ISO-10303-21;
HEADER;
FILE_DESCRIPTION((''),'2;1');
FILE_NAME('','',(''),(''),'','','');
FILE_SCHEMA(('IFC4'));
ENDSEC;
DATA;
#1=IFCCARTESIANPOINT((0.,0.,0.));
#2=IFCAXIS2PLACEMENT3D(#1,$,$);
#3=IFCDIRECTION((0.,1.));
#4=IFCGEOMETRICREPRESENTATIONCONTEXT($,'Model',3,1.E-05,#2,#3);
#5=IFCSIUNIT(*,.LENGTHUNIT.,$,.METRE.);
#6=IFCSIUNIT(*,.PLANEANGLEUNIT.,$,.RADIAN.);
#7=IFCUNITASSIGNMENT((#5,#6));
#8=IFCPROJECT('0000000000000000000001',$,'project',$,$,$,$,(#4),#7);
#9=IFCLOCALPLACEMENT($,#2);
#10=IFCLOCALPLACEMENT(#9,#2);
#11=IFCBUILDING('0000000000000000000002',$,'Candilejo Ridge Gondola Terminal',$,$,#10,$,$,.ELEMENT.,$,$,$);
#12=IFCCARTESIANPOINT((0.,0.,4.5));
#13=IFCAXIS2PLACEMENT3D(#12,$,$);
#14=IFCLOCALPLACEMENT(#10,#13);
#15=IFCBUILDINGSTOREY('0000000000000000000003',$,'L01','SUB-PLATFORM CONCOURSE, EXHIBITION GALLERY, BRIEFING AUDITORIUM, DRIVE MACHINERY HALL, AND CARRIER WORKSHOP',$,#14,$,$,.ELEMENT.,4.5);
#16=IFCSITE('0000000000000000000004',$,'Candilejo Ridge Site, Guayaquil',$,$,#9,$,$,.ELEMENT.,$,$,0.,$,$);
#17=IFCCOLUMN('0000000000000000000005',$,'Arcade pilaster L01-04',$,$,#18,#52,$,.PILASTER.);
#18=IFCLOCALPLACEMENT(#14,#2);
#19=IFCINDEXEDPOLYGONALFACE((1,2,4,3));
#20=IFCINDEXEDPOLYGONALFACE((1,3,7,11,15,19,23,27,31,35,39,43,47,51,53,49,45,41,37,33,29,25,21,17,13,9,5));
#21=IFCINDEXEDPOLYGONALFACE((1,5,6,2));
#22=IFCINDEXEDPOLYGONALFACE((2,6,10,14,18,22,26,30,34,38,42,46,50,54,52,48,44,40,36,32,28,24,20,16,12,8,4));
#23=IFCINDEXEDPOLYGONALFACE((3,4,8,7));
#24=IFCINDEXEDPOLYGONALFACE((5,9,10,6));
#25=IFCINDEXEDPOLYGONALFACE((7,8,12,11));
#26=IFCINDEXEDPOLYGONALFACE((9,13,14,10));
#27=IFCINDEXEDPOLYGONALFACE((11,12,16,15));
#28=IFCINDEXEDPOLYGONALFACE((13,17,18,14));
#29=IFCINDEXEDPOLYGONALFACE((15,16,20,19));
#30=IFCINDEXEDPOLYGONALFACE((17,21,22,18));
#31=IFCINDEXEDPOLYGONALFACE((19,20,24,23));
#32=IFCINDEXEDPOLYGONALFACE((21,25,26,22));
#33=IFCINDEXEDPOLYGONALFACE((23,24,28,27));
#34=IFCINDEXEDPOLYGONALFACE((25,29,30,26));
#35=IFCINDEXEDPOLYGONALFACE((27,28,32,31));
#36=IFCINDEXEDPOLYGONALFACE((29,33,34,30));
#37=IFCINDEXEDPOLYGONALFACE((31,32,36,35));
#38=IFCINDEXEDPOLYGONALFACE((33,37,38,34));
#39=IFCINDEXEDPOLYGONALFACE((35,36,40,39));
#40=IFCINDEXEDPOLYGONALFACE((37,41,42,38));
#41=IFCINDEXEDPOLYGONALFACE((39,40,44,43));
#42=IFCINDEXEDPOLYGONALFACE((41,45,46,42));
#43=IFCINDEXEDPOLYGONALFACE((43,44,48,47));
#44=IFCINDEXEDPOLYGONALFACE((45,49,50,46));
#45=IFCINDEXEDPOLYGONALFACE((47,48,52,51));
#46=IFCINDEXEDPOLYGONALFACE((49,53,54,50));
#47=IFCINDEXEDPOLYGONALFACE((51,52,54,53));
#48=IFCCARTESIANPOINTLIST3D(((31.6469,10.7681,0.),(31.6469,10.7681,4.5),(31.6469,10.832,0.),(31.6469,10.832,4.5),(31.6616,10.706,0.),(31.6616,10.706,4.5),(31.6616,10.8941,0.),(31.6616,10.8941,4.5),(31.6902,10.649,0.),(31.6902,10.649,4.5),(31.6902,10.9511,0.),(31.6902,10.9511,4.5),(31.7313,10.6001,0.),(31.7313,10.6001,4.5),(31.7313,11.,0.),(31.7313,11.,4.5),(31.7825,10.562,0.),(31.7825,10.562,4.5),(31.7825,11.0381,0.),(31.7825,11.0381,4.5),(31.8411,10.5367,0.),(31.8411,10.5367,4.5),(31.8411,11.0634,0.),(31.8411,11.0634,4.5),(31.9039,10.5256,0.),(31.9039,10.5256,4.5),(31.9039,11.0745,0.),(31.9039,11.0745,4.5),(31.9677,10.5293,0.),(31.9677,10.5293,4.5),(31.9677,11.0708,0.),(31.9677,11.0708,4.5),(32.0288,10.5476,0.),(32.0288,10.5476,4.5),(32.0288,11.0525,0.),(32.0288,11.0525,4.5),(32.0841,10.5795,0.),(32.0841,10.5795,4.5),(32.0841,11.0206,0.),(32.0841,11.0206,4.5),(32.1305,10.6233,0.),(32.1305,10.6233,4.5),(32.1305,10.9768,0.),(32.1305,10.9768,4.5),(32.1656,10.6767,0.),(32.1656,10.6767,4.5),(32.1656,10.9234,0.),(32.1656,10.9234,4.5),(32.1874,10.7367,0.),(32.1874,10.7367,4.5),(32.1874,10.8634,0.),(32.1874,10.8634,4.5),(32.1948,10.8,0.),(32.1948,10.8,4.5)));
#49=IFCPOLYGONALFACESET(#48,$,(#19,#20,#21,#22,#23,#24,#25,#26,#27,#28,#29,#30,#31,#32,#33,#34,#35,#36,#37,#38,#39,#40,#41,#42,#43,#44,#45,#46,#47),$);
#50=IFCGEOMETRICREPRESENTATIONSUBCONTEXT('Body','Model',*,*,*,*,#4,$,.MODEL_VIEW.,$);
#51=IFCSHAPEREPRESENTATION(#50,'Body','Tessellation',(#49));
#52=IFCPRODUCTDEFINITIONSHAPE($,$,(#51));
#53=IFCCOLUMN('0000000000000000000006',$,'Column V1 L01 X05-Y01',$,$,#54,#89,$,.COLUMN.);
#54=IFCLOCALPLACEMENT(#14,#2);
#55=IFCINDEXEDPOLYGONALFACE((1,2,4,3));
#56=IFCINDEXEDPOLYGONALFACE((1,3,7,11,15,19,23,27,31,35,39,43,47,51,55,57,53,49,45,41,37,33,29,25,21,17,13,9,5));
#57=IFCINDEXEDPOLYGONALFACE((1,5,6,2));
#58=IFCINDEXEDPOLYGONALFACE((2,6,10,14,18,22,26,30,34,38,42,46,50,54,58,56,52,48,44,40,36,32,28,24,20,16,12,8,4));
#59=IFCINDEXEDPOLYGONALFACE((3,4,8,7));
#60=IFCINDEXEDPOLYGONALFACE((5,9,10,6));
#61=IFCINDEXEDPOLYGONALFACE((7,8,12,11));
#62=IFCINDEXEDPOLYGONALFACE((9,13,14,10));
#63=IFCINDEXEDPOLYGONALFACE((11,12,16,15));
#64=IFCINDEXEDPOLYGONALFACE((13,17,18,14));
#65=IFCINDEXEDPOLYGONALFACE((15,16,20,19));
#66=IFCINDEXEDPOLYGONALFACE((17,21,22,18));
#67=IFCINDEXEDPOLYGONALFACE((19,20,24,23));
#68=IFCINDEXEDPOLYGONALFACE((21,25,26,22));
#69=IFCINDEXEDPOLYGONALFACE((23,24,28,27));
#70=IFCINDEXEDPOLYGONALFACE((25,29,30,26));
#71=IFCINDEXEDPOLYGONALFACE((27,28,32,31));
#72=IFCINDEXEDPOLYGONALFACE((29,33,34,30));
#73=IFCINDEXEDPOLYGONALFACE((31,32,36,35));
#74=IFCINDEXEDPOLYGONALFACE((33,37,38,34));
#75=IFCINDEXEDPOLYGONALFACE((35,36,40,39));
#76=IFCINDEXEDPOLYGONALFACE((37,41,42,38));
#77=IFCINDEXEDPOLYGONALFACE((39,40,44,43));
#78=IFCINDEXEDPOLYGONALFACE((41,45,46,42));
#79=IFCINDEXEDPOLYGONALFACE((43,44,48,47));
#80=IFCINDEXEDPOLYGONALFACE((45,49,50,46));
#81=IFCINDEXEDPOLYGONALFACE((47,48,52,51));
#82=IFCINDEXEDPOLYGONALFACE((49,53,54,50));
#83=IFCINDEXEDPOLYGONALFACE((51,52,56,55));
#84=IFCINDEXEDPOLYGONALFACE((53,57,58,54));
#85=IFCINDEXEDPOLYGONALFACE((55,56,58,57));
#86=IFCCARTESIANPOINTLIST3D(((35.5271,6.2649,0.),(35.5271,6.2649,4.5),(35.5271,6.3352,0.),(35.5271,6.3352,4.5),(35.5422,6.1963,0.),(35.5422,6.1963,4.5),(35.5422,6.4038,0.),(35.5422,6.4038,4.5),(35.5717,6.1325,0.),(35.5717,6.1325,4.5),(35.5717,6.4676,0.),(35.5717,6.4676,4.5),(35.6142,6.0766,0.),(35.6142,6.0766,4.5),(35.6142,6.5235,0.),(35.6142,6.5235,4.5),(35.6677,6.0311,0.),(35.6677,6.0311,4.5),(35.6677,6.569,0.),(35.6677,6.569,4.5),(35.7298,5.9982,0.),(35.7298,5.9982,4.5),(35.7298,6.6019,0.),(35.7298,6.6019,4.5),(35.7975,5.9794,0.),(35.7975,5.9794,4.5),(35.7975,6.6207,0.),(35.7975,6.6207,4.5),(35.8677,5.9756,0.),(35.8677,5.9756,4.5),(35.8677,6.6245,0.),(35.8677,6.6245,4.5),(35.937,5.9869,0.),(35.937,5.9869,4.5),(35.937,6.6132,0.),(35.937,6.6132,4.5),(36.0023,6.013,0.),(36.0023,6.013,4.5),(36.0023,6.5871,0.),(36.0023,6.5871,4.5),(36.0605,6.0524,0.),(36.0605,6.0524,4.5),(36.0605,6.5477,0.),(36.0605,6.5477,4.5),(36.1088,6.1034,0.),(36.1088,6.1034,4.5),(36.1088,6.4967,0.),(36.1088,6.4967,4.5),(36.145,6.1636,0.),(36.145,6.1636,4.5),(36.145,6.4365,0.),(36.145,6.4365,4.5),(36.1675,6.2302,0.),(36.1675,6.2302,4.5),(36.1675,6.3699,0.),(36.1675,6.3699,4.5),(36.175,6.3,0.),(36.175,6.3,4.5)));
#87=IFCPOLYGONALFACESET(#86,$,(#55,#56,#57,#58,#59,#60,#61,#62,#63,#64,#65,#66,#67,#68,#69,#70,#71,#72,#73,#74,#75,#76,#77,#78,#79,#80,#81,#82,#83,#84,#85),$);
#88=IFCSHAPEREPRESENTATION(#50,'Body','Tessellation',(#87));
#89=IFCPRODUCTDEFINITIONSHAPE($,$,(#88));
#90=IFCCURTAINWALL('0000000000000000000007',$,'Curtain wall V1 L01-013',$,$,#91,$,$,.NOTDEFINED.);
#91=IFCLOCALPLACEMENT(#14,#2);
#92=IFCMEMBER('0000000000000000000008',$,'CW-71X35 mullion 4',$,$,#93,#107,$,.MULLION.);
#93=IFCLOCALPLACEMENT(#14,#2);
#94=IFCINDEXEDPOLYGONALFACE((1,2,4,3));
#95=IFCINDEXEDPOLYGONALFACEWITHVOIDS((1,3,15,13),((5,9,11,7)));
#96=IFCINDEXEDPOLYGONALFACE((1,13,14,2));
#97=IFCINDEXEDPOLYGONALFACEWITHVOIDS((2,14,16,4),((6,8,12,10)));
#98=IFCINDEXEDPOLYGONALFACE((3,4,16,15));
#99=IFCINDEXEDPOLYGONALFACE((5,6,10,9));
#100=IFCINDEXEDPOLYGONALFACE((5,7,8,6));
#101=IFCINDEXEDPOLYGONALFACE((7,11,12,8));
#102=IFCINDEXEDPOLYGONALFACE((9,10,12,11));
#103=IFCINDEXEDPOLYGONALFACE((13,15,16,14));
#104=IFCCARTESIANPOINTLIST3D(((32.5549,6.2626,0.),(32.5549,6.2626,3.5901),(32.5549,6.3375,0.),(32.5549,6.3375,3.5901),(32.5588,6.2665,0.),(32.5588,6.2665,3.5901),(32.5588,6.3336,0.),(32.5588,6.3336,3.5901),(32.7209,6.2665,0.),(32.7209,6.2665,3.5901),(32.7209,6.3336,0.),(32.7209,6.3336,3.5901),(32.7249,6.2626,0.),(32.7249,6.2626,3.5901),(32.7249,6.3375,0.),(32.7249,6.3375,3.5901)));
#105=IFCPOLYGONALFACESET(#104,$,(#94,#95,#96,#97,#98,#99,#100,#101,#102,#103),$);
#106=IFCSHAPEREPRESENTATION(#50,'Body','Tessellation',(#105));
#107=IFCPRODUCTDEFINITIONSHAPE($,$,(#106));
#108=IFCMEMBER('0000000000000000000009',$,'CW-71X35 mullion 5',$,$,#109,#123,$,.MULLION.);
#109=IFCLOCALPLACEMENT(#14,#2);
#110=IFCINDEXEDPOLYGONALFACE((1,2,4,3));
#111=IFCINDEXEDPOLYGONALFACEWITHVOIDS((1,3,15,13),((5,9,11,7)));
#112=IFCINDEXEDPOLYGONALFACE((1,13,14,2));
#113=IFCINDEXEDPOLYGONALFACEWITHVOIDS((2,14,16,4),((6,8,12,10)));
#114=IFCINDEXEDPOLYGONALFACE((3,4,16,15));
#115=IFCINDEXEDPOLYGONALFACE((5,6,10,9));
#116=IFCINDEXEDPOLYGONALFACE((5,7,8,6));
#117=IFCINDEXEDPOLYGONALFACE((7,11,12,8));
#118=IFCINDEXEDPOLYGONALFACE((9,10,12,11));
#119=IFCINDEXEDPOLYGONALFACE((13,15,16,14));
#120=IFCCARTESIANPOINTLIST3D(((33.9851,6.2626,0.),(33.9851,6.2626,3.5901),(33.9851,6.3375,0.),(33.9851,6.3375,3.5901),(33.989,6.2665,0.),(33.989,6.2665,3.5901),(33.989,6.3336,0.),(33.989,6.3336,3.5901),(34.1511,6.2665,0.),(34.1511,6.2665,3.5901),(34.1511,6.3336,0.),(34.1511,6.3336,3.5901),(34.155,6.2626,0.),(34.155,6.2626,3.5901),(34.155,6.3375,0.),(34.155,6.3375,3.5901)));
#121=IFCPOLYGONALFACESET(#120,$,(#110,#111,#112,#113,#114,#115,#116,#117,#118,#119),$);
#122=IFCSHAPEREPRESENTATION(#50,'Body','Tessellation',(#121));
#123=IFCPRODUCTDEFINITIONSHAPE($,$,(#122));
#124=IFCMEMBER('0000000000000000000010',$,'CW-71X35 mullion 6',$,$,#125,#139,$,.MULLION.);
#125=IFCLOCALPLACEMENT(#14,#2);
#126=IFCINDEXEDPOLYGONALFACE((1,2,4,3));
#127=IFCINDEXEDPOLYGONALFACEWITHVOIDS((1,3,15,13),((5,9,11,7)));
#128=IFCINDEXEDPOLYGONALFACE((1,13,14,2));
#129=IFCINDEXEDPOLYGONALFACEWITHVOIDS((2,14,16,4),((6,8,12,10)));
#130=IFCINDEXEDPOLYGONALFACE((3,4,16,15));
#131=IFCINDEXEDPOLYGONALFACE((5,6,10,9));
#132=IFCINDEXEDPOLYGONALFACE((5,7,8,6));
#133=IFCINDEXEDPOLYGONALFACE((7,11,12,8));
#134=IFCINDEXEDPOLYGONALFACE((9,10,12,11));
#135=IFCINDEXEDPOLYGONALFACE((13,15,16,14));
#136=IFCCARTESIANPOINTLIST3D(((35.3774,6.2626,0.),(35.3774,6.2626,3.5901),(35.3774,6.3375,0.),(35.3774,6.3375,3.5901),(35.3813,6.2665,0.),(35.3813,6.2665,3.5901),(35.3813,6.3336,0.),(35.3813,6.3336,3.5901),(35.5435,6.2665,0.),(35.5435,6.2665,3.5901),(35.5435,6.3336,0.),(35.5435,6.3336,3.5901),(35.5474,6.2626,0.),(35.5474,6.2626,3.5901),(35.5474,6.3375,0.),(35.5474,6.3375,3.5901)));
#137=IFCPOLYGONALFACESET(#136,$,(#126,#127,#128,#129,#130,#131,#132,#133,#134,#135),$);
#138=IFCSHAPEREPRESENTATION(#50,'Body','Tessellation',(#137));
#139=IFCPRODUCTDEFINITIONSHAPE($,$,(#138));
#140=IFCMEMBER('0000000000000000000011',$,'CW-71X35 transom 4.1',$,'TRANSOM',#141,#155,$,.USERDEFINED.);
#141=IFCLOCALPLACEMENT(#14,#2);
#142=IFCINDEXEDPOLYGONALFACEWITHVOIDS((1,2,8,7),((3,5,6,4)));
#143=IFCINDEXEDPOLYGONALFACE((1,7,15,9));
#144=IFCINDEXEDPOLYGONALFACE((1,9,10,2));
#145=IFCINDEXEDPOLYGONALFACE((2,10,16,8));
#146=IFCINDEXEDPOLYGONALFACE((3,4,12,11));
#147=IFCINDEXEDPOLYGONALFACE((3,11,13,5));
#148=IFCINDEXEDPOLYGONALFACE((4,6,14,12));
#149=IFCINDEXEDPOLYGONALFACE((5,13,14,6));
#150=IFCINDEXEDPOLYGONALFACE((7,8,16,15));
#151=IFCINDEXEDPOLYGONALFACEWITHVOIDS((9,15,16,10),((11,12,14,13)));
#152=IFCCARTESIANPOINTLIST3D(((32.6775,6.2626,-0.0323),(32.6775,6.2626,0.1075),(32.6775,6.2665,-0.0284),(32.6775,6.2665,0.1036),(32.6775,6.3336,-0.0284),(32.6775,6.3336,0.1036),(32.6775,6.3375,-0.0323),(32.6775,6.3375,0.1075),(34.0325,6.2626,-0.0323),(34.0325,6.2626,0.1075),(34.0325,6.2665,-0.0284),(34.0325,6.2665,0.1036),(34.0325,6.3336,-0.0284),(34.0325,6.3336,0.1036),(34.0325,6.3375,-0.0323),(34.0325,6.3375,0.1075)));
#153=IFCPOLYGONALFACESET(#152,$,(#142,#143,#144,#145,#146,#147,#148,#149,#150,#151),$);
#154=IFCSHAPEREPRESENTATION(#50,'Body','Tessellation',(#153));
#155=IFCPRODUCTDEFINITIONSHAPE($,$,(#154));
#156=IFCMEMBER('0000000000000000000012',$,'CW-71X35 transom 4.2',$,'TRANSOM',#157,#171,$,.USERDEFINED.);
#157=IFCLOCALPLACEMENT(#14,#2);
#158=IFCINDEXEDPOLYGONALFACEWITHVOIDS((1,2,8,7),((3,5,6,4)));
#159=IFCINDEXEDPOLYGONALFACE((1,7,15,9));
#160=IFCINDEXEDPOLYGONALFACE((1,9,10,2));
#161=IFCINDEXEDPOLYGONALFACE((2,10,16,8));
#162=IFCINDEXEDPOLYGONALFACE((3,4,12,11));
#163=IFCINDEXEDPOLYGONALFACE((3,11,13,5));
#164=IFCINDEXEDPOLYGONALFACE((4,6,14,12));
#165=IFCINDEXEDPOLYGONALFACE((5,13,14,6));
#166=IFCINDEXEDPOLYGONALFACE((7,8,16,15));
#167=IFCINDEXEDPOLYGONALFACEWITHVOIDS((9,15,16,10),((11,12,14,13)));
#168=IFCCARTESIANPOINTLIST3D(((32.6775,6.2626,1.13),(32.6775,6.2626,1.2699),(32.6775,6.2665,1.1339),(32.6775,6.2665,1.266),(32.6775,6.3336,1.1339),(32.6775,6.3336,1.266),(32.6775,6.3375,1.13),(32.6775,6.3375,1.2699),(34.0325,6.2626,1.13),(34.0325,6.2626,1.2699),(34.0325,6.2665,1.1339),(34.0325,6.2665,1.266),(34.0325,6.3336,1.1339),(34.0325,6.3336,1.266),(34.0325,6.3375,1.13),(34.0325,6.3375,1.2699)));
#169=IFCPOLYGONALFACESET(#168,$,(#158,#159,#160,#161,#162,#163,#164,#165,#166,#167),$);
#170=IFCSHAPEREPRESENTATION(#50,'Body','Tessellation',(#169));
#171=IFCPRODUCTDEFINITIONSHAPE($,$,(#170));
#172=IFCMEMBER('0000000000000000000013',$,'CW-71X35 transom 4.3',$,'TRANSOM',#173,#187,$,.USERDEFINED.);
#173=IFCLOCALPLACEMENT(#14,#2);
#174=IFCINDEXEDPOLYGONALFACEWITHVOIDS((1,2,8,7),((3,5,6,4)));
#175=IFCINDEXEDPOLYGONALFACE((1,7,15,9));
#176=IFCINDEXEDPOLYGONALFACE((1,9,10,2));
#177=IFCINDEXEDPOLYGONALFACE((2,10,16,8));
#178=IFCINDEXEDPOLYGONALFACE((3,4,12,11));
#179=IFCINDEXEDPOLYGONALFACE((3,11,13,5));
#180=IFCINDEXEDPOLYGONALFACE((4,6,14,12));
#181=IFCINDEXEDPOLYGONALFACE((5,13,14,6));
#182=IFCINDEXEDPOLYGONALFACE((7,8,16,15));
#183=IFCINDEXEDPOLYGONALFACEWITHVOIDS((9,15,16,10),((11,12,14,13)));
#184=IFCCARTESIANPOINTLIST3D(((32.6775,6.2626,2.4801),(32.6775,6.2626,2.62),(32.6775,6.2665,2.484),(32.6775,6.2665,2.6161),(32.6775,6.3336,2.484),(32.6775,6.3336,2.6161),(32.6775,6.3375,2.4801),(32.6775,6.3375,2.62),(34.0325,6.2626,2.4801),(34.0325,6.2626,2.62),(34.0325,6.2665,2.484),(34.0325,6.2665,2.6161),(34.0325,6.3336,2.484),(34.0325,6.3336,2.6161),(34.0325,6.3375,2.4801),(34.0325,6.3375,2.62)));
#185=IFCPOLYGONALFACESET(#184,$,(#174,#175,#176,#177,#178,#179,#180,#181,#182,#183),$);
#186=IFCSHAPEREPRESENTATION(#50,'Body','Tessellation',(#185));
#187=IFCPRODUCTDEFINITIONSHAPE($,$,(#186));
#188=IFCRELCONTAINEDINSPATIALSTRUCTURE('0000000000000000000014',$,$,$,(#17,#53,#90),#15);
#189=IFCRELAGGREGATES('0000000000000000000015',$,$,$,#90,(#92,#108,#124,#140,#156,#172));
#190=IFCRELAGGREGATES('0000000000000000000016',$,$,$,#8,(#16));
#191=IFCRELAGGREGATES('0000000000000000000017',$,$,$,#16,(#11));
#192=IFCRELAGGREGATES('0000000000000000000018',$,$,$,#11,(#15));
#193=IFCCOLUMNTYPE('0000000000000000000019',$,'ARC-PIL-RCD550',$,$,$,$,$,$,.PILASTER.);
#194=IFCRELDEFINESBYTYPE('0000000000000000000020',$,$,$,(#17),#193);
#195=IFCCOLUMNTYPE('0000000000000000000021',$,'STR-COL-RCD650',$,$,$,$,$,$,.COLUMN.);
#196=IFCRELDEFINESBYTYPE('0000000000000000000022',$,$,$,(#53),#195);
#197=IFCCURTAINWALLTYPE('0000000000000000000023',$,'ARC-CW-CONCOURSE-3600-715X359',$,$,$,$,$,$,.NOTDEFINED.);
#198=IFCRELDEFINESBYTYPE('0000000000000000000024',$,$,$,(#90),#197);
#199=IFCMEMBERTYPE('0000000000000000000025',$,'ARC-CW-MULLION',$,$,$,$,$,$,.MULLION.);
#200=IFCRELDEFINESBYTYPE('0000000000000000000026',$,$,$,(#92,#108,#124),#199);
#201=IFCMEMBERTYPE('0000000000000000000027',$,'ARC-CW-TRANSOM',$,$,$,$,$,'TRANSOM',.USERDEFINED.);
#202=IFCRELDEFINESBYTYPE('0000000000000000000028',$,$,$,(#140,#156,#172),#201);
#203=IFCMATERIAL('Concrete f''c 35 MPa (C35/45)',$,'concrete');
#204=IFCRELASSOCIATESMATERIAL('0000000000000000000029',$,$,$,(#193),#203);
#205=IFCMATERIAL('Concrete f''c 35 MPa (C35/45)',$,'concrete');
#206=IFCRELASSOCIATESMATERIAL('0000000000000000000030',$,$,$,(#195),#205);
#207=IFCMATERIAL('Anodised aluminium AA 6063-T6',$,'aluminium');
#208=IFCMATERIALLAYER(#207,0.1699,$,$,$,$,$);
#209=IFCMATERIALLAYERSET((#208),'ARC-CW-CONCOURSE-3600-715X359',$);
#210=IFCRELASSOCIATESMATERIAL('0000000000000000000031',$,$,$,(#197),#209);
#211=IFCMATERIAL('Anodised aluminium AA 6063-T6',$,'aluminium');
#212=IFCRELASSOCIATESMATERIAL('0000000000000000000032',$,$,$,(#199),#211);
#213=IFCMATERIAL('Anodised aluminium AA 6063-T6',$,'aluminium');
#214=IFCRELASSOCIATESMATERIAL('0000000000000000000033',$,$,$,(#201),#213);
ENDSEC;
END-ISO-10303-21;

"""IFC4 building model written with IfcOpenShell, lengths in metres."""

from ifc_helpers import new_model, si_unit, direction, frame, origin, origin_2d, place, context, subcontext, project, spatial, hollow_rectangle, circle, extrude, material, layer, layer_set, material_profile, profile_set, type_object, element, aggregate, save


model = new_model("IFC4")

# Units and contexts
model_context = context("Model", 3, precision=1e-05, world=origin(), true_north=direction((0.0, 1.0)))
body_context = subcontext(model_context, "Body", "Model", "MODEL_VIEW")
ifc_project = project(units=[si_unit("LENGTHUNIT", "METRE"), si_unit("PLANEANGLEUNIT", "RADIAN")], contexts=[model_context])

# Site, building, storey
site_placement = place(None, origin())
site = spatial("IfcSite", under=ifc_project, at=site_placement, Name="Candilejo Ridge Site, Guayaquil", CompositionType="ELEMENT", RefElevation=0.0)
building_placement = place(site_placement, origin())
building = spatial("IfcBuilding", under=site, at=building_placement, Name="Candilejo Ridge Gondola Terminal", CompositionType="ELEMENT")
storey_placement = place(building_placement, frame((0.0, 0.0, 4.5)))
storey = spatial("IfcBuildingStorey", under=building, at=storey_placement, Name="L01", Description="SUB-PLATFORM CONCOURSE, EXHIBITION GALLERY, BRIEFING AUDITORIUM, DRIVE MACHINERY HALL, AND CARRIER WORKSHOP", CompositionType="ELEMENT", Elevation=4.5)

# Columns
ifc_material_1 = material(Name="Concrete f'c 35 MPa (C35/45)", Category="concrete")
ifc_material_profile_1 = material_profile(ifc_material_1, circle(Radius=0.2749, at=origin_2d()))
ifc_profile_set_1 = profile_set([ifc_material_profile_1], Name="Concrete f'c 35 MPa (C35/45)")
column_type_1 = type_object("IfcColumnType", Name="ARC-PIL-RCD550", PredefinedType="PILASTER", material=ifc_profile_set_1)
column_1_placement = place(storey_placement, frame((31.9199, 10.8, 0.0), z_axis=(0.0, 0.0, 1.0), x_axis=(1.0, 0.0, 0.0)))
element("IfcColumn", 1, at=column_1_placement, inside=storey, type_object=column_type_1, Name="Arcade pilaster L01-04", PredefinedType="PILASTER", context=body_context, shape_type="SweptSolid", body=[
    extrude(circle(Radius=0.2749, at=origin_2d()), origin(), (0.0, 0.0, 1.0), 4.5),
])
ifc_material_2 = material(Name="Concrete f'c 35 MPa (C35/45)", Category="concrete")
ifc_material_profile_2 = material_profile(ifc_material_2, circle(Radius=0.325, at=origin_2d()))
ifc_profile_set_2 = profile_set([ifc_material_profile_2], Name="Concrete f'c 35 MPa (C35/45)")
column_type_2 = type_object("IfcColumnType", Name="STR-COL-RCD650", PredefinedType="COLUMN", material=ifc_profile_set_2)
column_2_placement = place(storey_placement, frame((35.8501, 6.3, 0.0), z_axis=(0.0, 0.0, 1.0), x_axis=(1.0, 0.0, 0.0)))
element("IfcColumn", 2, at=column_2_placement, inside=storey, type_object=column_type_2, Name="Column V1 L01 X05-Y01", PredefinedType="COLUMN", context=body_context, shape_type="SweptSolid", body=[
    extrude(circle(Radius=0.325, at=origin_2d()), origin(), (0.0, 0.0, 1.0), 4.5),
])

# Curtain wall, members
ifc_material_3 = material(Name="Anodised aluminium AA 6063-T6", Category="aluminium")
ifc_layer_1 = layer(ifc_material_3, 0.1699)
ifc_layer_set_1 = layer_set([ifc_layer_1], Name="ARC-CW-CONCOURSE-3600-715X359")
curtain_wall_type = type_object("IfcCurtainWallType", Name="ARC-CW-CONCOURSE-3600-715X359", PredefinedType="NOTDEFINED", material=ifc_layer_set_1)
curtain_wall_placement = place(storey_placement, origin())
curtain_wall = element("IfcCurtainWall", 3, at=curtain_wall_placement, inside=storey, type_object=curtain_wall_type, Name="Curtain wall V1 L01-013", PredefinedType="NOTDEFINED")
ifc_material_4 = material(Name="Anodised aluminium AA 6063-T6", Category="aluminium")
ifc_material_profile_3 = material_profile(ifc_material_4, hollow_rectangle(XDim=0.075, YDim=0.1699, WallThickness=0.0039, at=origin_2d()))
ifc_profile_set_3 = profile_set([ifc_material_profile_3], Name="Anodised aluminium AA 6063-T6")
member_type_1 = type_object("IfcMemberType", Name="ARC-CW-MULLION", PredefinedType="MULLION", material=ifc_profile_set_3)
member_1_placement = place(storey_placement, frame((32.6399, 6.3, 0.0), z_axis=(0.0, 0.0, 1.0), x_axis=(0.0, 1.0, 0.0)))
member_1 = element("IfcMember", 4, at=member_1_placement, type_object=member_type_1, Name="CW-71X35 mullion 4", PredefinedType="MULLION", context=body_context, shape_type="SweptSolid", body=[
    extrude(hollow_rectangle(XDim=0.075, YDim=0.1699, WallThickness=0.0039, at=origin_2d()), origin(), (0.0, 0.0, 1.0), 3.5901),
])
member_2_placement = place(storey_placement, frame((34.0701, 6.3, 0.0), z_axis=(0.0, 0.0, 1.0), x_axis=(0.0, 1.0, 0.0)))
member_2 = element("IfcMember", 5, at=member_2_placement, type_object=member_type_1, Name="CW-71X35 mullion 5", PredefinedType="MULLION", context=body_context, shape_type="SweptSolid", body=[
    extrude(hollow_rectangle(XDim=0.075, YDim=0.1699, WallThickness=0.0039, at=origin_2d()), origin(), (0.0, 0.0, 1.0), 3.5901),
])
member_3_placement = place(storey_placement, frame((35.4624, 6.3, 0.0), z_axis=(0.0, 0.0, 1.0), x_axis=(0.0, 1.0, 0.0)))
member_3 = element("IfcMember", 6, at=member_3_placement, type_object=member_type_1, Name="CW-71X35 mullion 6", PredefinedType="MULLION", context=body_context, shape_type="SweptSolid", body=[
    extrude(hollow_rectangle(XDim=0.075, YDim=0.1699, WallThickness=0.0039, at=origin_2d()), origin(), (0.0, 0.0, 1.0), 3.5901),
])
ifc_material_5 = material(Name="Anodised aluminium AA 6063-T6", Category="aluminium")
ifc_material_profile_4 = material_profile(ifc_material_5, hollow_rectangle(XDim=0.075, YDim=0.1399, WallThickness=0.0039, at=origin_2d()))
ifc_profile_set_4 = profile_set([ifc_material_profile_4], Name="Anodised aluminium AA 6063-T6")
member_type_2 = type_object("IfcMemberType", Name="ARC-CW-TRANSOM", ElementType="TRANSOM", PredefinedType="USERDEFINED", material=ifc_profile_set_4)
member_4_placement = place(storey_placement, frame((32.6775, 6.3, 0.0376), z_axis=(1.0, 0.0, 0.0), x_axis=(0.0, 1.0, 0.0)))
member_4 = element("IfcMember", 7, at=member_4_placement, type_object=member_type_2, Name="CW-71X35 transom 4.1", ObjectType="TRANSOM", PredefinedType="USERDEFINED", context=body_context, shape_type="SweptSolid", body=[
    extrude(hollow_rectangle(XDim=0.075, YDim=0.1399, WallThickness=0.0039, at=origin_2d()), origin(), (0.0, 0.0, 1.0), 1.355),
])
member_5_placement = place(storey_placement, frame((32.6775, 6.3, 1.2), z_axis=(1.0, 0.0, 0.0), x_axis=(0.0, 1.0, 0.0)))
member_5 = element("IfcMember", 8, at=member_5_placement, type_object=member_type_2, Name="CW-71X35 transom 4.2", ObjectType="TRANSOM", PredefinedType="USERDEFINED", context=body_context, shape_type="SweptSolid", body=[
    extrude(hollow_rectangle(XDim=0.075, YDim=0.1399, WallThickness=0.0039, at=origin_2d()), origin(), (0.0, 0.0, 1.0), 1.355),
])
member_6_placement = place(storey_placement, frame((32.6775, 6.3, 2.55), z_axis=(1.0, 0.0, 0.0), x_axis=(0.0, 1.0, 0.0)))
member_6 = element("IfcMember", 9, at=member_6_placement, type_object=member_type_2, Name="CW-71X35 transom 4.3", ObjectType="TRANSOM", PredefinedType="USERDEFINED", context=body_context, shape_type="SweptSolid", body=[
    extrude(hollow_rectangle(XDim=0.075, YDim=0.1399, WallThickness=0.0039, at=origin_2d()), origin(), (0.0, 0.0, 1.0), 1.355),
])

aggregate(curtain_wall, [member_1, member_2, member_3, member_4, member_5, member_6])

save(model, "model.ifc")
